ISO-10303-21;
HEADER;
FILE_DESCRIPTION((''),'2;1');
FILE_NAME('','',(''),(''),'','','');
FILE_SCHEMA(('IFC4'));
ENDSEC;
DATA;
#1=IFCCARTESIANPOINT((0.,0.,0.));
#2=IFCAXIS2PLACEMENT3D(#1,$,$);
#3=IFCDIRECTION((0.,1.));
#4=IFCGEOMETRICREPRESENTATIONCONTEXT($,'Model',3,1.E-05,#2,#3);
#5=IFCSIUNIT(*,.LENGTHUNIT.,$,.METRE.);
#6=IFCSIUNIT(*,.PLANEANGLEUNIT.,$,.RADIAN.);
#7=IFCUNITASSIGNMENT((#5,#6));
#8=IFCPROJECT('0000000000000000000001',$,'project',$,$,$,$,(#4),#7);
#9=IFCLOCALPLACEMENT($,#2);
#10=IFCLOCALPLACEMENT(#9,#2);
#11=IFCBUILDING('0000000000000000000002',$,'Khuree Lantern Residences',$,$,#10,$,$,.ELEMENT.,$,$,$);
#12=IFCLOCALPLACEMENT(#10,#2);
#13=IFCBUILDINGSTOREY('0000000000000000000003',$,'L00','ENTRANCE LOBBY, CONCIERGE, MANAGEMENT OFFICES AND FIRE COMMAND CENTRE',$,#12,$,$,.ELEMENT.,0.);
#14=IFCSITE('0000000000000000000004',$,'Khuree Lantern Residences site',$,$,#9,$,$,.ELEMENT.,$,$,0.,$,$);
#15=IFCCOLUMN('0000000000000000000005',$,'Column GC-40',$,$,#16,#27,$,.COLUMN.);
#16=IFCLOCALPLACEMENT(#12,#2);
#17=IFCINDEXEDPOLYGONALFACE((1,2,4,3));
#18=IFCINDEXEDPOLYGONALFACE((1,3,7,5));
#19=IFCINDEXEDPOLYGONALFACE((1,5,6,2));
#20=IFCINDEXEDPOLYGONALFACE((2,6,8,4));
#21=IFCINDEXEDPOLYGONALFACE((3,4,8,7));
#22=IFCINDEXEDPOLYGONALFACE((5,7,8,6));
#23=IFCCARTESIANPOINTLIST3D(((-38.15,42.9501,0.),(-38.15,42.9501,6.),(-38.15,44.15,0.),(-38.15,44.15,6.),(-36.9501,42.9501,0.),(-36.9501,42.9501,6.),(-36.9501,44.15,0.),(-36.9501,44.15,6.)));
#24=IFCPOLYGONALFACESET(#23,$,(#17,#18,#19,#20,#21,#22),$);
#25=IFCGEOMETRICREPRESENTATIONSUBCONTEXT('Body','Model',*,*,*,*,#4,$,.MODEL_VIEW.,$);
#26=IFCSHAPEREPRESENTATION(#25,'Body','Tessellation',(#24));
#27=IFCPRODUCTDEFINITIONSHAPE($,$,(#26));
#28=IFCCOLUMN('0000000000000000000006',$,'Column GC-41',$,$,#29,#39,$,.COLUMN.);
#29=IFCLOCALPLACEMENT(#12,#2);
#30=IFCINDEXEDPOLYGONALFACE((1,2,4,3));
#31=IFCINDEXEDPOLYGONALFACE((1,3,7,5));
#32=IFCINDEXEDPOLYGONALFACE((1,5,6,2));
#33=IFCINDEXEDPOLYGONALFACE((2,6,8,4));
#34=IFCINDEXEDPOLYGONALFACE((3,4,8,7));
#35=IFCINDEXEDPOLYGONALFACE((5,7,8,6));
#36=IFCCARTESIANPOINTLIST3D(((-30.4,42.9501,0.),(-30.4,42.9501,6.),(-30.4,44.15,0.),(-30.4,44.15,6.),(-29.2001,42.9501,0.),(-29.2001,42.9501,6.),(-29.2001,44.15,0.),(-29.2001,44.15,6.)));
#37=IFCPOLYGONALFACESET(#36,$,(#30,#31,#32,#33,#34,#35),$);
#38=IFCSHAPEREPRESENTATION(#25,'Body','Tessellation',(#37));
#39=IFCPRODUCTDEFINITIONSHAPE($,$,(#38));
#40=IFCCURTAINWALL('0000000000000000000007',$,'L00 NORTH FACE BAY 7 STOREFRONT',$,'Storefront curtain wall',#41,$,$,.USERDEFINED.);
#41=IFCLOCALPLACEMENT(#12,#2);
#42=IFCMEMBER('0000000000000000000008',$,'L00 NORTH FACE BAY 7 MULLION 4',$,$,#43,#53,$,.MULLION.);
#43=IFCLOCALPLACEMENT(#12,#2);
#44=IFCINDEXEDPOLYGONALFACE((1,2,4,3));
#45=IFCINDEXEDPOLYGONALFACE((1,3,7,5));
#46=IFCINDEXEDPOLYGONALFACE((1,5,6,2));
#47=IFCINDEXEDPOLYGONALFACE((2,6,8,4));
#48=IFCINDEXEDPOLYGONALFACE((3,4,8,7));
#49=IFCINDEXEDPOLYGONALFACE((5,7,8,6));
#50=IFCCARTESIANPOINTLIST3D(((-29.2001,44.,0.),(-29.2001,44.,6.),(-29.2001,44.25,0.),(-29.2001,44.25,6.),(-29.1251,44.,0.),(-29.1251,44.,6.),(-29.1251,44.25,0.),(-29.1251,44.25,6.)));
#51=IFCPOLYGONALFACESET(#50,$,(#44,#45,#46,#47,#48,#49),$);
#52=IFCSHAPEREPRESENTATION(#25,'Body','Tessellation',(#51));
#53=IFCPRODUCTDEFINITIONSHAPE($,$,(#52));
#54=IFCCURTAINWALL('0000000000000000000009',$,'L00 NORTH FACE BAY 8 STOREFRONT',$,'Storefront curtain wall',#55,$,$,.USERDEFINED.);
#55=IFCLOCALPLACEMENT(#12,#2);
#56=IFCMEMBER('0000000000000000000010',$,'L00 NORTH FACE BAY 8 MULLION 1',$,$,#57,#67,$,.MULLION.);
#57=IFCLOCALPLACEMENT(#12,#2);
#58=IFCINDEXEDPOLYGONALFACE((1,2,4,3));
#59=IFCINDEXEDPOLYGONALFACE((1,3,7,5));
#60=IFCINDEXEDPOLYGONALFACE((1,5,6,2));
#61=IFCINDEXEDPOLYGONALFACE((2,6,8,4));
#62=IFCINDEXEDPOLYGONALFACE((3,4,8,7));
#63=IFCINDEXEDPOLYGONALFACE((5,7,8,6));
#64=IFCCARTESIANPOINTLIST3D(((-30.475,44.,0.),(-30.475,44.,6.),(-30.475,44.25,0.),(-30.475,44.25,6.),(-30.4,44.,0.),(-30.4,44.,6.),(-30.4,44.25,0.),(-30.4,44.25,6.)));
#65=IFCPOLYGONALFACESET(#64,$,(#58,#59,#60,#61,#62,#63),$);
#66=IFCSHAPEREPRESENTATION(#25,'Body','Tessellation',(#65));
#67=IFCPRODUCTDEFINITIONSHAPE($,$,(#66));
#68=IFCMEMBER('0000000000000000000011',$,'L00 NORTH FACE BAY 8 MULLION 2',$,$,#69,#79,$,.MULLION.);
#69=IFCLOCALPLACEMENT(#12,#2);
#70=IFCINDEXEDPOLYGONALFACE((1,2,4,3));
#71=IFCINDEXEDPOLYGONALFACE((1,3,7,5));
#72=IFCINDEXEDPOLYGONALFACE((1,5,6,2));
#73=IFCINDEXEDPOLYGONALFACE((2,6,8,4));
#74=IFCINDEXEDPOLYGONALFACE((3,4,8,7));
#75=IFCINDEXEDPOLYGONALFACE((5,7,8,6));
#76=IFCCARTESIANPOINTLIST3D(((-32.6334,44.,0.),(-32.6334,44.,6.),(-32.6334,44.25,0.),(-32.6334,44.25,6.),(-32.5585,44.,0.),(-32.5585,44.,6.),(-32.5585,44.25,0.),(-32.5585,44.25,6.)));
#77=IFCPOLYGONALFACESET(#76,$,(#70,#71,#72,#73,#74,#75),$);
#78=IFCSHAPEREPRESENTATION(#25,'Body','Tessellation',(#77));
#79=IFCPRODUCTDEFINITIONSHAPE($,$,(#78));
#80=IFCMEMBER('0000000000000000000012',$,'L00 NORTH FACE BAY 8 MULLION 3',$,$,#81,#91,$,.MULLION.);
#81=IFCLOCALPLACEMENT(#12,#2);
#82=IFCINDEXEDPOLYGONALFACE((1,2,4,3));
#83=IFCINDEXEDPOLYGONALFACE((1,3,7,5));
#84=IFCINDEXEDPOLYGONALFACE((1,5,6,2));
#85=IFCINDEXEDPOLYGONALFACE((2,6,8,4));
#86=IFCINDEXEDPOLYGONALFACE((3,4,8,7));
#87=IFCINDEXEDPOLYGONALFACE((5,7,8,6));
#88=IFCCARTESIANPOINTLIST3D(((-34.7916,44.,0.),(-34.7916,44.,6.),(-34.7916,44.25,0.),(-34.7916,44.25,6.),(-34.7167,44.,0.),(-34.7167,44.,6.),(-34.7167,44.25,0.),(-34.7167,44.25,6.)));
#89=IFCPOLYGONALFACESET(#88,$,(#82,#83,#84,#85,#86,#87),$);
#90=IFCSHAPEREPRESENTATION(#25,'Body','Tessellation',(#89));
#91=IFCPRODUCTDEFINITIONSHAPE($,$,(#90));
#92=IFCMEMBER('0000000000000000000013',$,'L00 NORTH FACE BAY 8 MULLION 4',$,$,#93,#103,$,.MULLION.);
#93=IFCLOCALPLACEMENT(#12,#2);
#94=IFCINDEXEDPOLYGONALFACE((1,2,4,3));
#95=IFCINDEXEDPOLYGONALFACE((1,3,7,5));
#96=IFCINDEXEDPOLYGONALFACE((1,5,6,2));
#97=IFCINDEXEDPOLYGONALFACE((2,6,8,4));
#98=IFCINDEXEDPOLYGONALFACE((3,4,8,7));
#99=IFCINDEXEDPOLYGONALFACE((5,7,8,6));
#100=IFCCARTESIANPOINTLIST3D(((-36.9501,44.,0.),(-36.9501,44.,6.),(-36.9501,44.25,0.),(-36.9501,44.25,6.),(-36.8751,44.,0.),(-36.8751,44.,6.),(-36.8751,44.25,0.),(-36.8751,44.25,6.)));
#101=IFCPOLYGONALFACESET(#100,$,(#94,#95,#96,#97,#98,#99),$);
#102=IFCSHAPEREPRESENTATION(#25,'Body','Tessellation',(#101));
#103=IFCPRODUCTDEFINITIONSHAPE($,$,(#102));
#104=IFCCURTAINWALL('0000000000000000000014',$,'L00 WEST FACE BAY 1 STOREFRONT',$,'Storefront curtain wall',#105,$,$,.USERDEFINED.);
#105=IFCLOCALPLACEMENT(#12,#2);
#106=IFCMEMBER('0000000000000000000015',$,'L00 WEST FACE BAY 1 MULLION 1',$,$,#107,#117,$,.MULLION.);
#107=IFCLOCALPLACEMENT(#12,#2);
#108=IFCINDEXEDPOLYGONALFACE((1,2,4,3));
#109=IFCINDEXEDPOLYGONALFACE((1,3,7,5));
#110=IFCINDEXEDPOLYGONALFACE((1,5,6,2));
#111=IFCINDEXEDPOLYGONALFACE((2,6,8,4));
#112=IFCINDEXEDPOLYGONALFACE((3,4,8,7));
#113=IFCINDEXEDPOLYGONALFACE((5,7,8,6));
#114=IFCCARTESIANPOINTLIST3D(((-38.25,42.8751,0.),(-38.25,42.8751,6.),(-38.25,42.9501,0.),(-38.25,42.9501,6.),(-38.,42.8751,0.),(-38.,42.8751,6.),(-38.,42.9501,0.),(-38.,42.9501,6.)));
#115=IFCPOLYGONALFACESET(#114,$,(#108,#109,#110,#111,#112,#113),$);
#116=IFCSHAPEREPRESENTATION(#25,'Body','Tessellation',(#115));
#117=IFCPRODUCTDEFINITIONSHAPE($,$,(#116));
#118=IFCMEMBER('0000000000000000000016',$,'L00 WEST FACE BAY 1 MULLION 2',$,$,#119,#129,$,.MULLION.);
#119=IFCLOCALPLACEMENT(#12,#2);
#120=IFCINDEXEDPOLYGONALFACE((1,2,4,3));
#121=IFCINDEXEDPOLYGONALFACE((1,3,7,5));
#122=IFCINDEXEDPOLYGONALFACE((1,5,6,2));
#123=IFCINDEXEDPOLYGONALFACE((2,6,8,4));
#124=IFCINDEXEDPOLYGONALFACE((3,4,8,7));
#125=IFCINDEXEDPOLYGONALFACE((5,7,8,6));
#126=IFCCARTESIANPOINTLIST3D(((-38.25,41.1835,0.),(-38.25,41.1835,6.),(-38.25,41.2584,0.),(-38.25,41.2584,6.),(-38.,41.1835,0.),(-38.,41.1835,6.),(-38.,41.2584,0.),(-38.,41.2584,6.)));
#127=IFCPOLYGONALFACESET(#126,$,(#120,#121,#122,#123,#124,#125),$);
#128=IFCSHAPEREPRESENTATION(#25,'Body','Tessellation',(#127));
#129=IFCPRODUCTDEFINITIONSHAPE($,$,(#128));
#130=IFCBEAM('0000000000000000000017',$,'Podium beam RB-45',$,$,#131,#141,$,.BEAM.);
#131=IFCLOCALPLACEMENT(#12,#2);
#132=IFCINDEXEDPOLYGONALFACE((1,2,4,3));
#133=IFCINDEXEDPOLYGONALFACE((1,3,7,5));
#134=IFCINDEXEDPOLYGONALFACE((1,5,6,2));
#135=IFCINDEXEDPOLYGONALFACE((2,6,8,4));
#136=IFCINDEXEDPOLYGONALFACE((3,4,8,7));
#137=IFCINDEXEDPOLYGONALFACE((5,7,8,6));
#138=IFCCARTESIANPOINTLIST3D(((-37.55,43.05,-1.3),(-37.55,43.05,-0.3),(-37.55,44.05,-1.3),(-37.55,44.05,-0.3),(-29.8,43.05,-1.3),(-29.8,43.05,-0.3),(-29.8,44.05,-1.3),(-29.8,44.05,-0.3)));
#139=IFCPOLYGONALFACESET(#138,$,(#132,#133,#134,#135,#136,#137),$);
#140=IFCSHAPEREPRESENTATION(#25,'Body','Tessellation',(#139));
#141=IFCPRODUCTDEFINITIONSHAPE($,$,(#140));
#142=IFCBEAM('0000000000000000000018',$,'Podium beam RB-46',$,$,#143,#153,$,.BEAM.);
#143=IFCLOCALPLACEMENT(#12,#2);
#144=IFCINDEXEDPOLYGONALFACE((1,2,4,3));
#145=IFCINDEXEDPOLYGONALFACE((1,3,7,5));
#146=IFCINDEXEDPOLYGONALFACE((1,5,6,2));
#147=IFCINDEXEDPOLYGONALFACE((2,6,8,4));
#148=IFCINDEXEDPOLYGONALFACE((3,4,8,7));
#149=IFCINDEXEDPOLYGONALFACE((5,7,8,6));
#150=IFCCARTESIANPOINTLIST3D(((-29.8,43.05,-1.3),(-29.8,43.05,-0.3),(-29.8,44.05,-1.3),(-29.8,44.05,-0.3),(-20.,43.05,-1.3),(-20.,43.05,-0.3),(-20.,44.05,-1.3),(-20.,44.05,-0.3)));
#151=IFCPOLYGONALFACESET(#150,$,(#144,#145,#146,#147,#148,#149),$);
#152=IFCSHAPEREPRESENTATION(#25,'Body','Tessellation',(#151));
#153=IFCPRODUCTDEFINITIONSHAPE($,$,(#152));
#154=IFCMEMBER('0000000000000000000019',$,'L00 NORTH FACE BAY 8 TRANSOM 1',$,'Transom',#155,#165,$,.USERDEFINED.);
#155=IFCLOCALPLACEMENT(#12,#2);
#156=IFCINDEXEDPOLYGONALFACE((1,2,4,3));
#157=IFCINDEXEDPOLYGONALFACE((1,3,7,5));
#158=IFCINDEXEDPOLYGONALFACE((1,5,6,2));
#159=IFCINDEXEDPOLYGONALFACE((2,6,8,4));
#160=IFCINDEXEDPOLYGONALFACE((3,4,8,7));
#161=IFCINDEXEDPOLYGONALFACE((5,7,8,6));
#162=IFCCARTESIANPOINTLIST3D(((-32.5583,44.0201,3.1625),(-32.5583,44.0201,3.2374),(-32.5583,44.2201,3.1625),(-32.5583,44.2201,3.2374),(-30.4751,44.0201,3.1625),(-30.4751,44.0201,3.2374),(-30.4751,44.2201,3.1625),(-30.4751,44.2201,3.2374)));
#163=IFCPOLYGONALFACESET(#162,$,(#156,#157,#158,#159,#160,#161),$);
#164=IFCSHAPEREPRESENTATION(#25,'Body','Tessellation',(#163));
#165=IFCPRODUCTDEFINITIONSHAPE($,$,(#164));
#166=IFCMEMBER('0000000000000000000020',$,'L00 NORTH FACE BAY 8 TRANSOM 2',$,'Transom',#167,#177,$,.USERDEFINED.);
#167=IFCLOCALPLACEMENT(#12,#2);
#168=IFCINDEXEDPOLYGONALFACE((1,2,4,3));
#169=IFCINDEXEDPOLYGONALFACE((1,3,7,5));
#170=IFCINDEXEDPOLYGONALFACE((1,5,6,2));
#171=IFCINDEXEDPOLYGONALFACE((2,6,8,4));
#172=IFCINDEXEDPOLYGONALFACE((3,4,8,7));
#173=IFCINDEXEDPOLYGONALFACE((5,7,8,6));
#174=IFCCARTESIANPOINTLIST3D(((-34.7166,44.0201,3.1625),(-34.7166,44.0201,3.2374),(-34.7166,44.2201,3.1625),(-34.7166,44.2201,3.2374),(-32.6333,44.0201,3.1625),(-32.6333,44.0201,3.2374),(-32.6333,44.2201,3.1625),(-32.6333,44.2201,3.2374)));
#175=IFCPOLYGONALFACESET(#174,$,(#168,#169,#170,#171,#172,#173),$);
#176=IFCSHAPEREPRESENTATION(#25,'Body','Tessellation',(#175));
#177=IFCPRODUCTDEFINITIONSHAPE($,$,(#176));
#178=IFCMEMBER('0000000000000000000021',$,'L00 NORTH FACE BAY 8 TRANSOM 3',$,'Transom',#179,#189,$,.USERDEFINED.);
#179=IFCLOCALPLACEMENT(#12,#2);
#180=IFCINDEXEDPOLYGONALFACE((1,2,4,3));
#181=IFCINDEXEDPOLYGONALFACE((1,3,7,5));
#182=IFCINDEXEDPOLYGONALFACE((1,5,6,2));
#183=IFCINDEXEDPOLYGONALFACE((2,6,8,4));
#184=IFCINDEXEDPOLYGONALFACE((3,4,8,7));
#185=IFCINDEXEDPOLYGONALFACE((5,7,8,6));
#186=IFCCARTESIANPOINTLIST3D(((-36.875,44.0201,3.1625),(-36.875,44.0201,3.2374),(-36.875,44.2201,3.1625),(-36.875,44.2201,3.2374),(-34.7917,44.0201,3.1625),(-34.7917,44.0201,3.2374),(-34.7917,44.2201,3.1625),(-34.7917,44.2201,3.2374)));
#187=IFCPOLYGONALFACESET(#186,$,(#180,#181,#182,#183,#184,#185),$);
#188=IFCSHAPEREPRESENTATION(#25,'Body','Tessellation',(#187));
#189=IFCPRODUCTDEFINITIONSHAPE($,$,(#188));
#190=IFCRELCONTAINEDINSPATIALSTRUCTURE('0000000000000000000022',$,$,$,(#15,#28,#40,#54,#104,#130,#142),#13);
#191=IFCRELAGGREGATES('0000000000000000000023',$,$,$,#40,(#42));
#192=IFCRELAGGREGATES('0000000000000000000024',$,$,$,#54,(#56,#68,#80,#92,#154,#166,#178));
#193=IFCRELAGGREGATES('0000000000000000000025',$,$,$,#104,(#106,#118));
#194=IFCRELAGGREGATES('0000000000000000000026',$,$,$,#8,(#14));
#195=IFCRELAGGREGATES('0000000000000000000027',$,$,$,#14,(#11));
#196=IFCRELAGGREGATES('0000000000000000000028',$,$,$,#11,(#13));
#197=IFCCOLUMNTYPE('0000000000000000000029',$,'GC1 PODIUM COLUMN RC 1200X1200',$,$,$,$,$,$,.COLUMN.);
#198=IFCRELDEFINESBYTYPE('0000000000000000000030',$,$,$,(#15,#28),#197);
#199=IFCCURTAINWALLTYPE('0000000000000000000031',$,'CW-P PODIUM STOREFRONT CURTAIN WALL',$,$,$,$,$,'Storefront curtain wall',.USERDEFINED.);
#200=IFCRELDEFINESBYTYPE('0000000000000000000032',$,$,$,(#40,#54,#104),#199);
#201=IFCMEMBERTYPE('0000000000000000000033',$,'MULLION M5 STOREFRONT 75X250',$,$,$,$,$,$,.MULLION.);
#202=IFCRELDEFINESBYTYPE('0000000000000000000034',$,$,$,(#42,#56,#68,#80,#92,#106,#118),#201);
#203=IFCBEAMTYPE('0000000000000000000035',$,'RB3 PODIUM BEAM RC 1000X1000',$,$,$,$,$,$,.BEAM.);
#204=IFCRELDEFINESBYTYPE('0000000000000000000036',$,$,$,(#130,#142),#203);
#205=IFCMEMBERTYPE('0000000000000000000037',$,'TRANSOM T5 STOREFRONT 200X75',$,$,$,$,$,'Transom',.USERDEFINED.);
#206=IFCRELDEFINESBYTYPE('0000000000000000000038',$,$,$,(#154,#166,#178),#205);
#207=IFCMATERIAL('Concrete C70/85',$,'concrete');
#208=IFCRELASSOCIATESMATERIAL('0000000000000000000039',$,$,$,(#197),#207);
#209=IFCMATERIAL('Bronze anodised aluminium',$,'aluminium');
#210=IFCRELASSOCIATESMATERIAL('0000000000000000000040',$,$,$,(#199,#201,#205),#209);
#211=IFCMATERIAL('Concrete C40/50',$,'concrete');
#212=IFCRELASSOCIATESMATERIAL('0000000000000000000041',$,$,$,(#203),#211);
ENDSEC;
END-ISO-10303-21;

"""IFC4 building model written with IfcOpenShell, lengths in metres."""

from ifc_helpers import new_model, si_unit, direction, frame, origin, origin_2d, place, context, subcontext, project, spatial, rectangle, extrude, material, material_profile, profile_set, type_object, element, aggregate, save


model = new_model("IFC4")

# Units and contexts
model_context = context("Model", 3, precision=1e-05, world=origin(), true_north=direction((0.0, 1.0)))
body_context = subcontext(model_context, "Body", "Model", "MODEL_VIEW")
ifc_project = project(units=[si_unit("LENGTHUNIT", "METRE"), si_unit("PLANEANGLEUNIT", "RADIAN")], contexts=[model_context])

# Site, building, storey
site_placement = place(None, origin())
site = spatial("IfcSite", under=ifc_project, at=site_placement, Name="Khuree Lantern Residences site", CompositionType="ELEMENT", RefElevation=0.0)
building_placement = place(site_placement, origin())
building = spatial("IfcBuilding", under=site, at=building_placement, Name="Khuree Lantern Residences", CompositionType="ELEMENT")
storey_placement = place(building_placement, origin())
storey = spatial("IfcBuildingStorey", under=building, at=storey_placement, Name="L00", Description="ENTRANCE LOBBY, CONCIERGE, MANAGEMENT OFFICES AND FIRE COMMAND CENTRE", CompositionType="ELEMENT", Elevation=0.0)

# Columns
ifc_material_1 = material(Name="Concrete C70/85", Category="concrete")
ifc_material_profile_1 = material_profile(ifc_material_1, rectangle(XDim=1.2, YDim=1.2, at=origin_2d()), Name="RC 1200X1200")
ifc_profile_set_1 = profile_set([ifc_material_profile_1], Name="Concrete C70/85")
column_type = type_object("IfcColumnType", Name="GC1 PODIUM COLUMN RC 1200X1200", PredefinedType="COLUMN", material=ifc_profile_set_1)
for number, where, z_axis, x_axis, name in (
    (1, (-37.55, 43.55, 0.0), (0.0, 0.0, 1.0), (1.0, 0.0, 0.0), "Column GC-40"),
    (2, (-29.8, 43.55, 0.0), (0.0, 0.0, 1.0), (1.0, 0.0, 0.0), "Column GC-41"),
):
    element("IfcColumn", number, at=place(storey_placement, frame(where, z_axis=z_axis, x_axis=x_axis)), inside=storey, type_object=column_type, Name=name, PredefinedType="COLUMN", context=body_context, shape_type="SweptSolid", body=[
        extrude(rectangle(XDim=1.2, YDim=1.2, at=origin_2d()), origin(), (0.0, 0.0, 1.0), 6.0),
    ])

# Curtain wall, member
ifc_material_2 = material(Name="Bronze anodised aluminium", Category="aluminium")
curtain_wall_type = type_object("IfcCurtainWallType", Name="CW-P PODIUM STOREFRONT CURTAIN WALL", ElementType="Storefront curtain wall", PredefinedType="USERDEFINED", material=ifc_material_2)
curtain_wall_1_placement = place(storey_placement, origin())
curtain_wall_1 = element("IfcCurtainWall", 3, at=curtain_wall_1_placement, inside=storey, type_object=curtain_wall_type, Name="L00 NORTH FACE BAY 7 STOREFRONT", ObjectType="Storefront curtain wall", PredefinedType="USERDEFINED")
ifc_material_profile_2 = material_profile(ifc_material_2, rectangle(XDim=0.075, YDim=0.25, at=origin_2d()), Name="M5 75X250")
ifc_profile_set_2 = profile_set([ifc_material_profile_2], Name="Bronze anodised aluminium")
member_type_1 = type_object("IfcMemberType", Name="MULLION M5 STOREFRONT 75X250", PredefinedType="MULLION", material=ifc_profile_set_2)
member_1_placement = place(storey_placement, frame((-29.1626, 44.125, 0.0), z_axis=(0.0, 0.0, 1.0), x_axis=(-1.0, 0.0, 0.0)))
member_1 = element("IfcMember", 4, at=member_1_placement, type_object=member_type_1, Name="L00 NORTH FACE BAY 7 MULLION 4", PredefinedType="MULLION", context=body_context, shape_type="SweptSolid", body=[
    extrude(rectangle(XDim=0.075, YDim=0.25, at=origin_2d()), origin(), (0.0, 0.0, 1.0), 6.0),
])

# Curtain walls, members
curtain_wall_2_placement = place(storey_placement, origin())
curtain_wall_2 = element("IfcCurtainWall", 5, at=curtain_wall_2_placement, inside=storey, type_object=curtain_wall_type, Name="L00 NORTH FACE BAY 8 STOREFRONT", ObjectType="Storefront curtain wall", PredefinedType="USERDEFINED")
member_2_placement = place(storey_placement, frame((-30.4375, 44.125, 0.0), z_axis=(0.0, 0.0, 1.0), x_axis=(-1.0, 0.0, 0.0)))
member_2 = element("IfcMember", 6, at=member_2_placement, type_object=member_type_1, Name="L00 NORTH FACE BAY 8 MULLION 1", PredefinedType="MULLION", context=body_context, shape_type="SweptSolid", body=[
    extrude(rectangle(XDim=0.075, YDim=0.25, at=origin_2d()), origin(), (0.0, 0.0, 1.0), 6.0),
])
member_3_placement = place(storey_placement, frame((-32.5959, 44.125, 0.0), z_axis=(0.0, 0.0, 1.0), x_axis=(-1.0, 0.0, 0.0)))
member_3 = element("IfcMember", 7, at=member_3_placement, type_object=member_type_1, Name="L00 NORTH FACE BAY 8 MULLION 2", PredefinedType="MULLION", context=body_context, shape_type="SweptSolid", body=[
    extrude(rectangle(XDim=0.075, YDim=0.25, at=origin_2d()), origin(), (0.0, 0.0, 1.0), 6.0),
])
member_4_placement = place(storey_placement, frame((-34.7542, 44.125, 0.0), z_axis=(0.0, 0.0, 1.0), x_axis=(-1.0, 0.0, 0.0)))
member_4 = element("IfcMember", 8, at=member_4_placement, type_object=member_type_1, Name="L00 NORTH FACE BAY 8 MULLION 3", PredefinedType="MULLION", context=body_context, shape_type="SweptSolid", body=[
    extrude(rectangle(XDim=0.075, YDim=0.25, at=origin_2d()), origin(), (0.0, 0.0, 1.0), 6.0),
])
member_5_placement = place(storey_placement, frame((-36.9126, 44.125, 0.0), z_axis=(0.0, 0.0, 1.0), x_axis=(-1.0, 0.0, 0.0)))
member_5 = element("IfcMember", 9, at=member_5_placement, type_object=member_type_1, Name="L00 NORTH FACE BAY 8 MULLION 4", PredefinedType="MULLION", context=body_context, shape_type="SweptSolid", body=[
    extrude(rectangle(XDim=0.075, YDim=0.25, at=origin_2d()), origin(), (0.0, 0.0, 1.0), 6.0),
])
curtain_wall_3_placement = place(storey_placement, origin())
curtain_wall_3 = element("IfcCurtainWall", 10, at=curtain_wall_3_placement, inside=storey, type_object=curtain_wall_type, Name="L00 WEST FACE BAY 1 STOREFRONT", ObjectType="Storefront curtain wall", PredefinedType="USERDEFINED")
member_6_placement = place(storey_placement, frame((-38.125, 42.9126, 0.0), z_axis=(0.0, 0.0, 1.0), x_axis=(0.0, -1.0, 0.0)))
member_6 = element("IfcMember", 11, at=member_6_placement, type_object=member_type_1, Name="L00 WEST FACE BAY 1 MULLION 1", PredefinedType="MULLION", context=body_context, shape_type="SweptSolid", body=[
    extrude(rectangle(XDim=0.075, YDim=0.25, at=origin_2d()), origin(), (0.0, 0.0, 1.0), 6.0),
])
member_7_placement = place(storey_placement, frame((-38.125, 41.2209, 0.0), z_axis=(0.0, 0.0, 1.0), x_axis=(0.0, -1.0, 0.0)))
member_7 = element("IfcMember", 12, at=member_7_placement, type_object=member_type_1, Name="L00 WEST FACE BAY 1 MULLION 2", PredefinedType="MULLION", context=body_context, shape_type="SweptSolid", body=[
    extrude(rectangle(XDim=0.075, YDim=0.25, at=origin_2d()), origin(), (0.0, 0.0, 1.0), 6.0),
])

# Beams
ifc_material_3 = material(Name="Concrete C40/50", Category="concrete")
ifc_material_profile_3 = material_profile(ifc_material_3, rectangle(XDim=1.0, YDim=1.0, at=origin_2d()), Name="RC 1000X1000")
ifc_profile_set_3 = profile_set([ifc_material_profile_3], Name="Concrete C40/50")
beam_type = type_object("IfcBeamType", Name="RB3 PODIUM BEAM RC 1000X1000", PredefinedType="BEAM", material=ifc_profile_set_3)
beam_1_placement = place(storey_placement, frame((-37.55, 43.55, -0.8), z_axis=(1.0, 0.0, 0.0), x_axis=(0.0, 1.0, 0.0)))
element("IfcBeam", 13, at=beam_1_placement, inside=storey, type_object=beam_type, Name="Podium beam RB-45", PredefinedType="BEAM", context=body_context, shape_type="SweptSolid", body=[
    extrude(rectangle(XDim=1.0, YDim=1.0, at=origin_2d()), origin(), (0.0, 0.0, 1.0), 7.75),
])
beam_2_placement = place(storey_placement, frame((-29.8, 43.55, -0.8), z_axis=(1.0, 0.0, 0.0), x_axis=(0.0, 1.0, 0.0)))
element("IfcBeam", 14, at=beam_2_placement, inside=storey, type_object=beam_type, Name="Podium beam RB-46", PredefinedType="BEAM", context=body_context, shape_type="SweptSolid", body=[
    extrude(rectangle(XDim=1.0, YDim=1.0, at=origin_2d()), origin(), (0.0, 0.0, 1.0), 9.8),
])

# Members
ifc_material_profile_4 = material_profile(ifc_material_2, rectangle(XDim=0.2, YDim=0.075, at=origin_2d()), Name="T5 200X75")
ifc_profile_set_4 = profile_set([ifc_material_profile_4], Name="Bronze anodised aluminium")
member_type_2 = type_object("IfcMemberType", Name="TRANSOM T5 STOREFRONT 200X75", ElementType="Transom", PredefinedType="USERDEFINED", material=ifc_profile_set_4)
member_8_placement = place(storey_placement, frame((-30.4751, 44.1201, 3.2), z_axis=(-1.0, 0.0, 0.0), x_axis=(0.0, -1.0, 0.0)))
member_8 = element("IfcMember", 15, at=member_8_placement, type_object=member_type_2, Name="L00 NORTH FACE BAY 8 TRANSOM 1", ObjectType="Transom", PredefinedType="USERDEFINED", context=body_context, shape_type="SweptSolid", body=[
    extrude(rectangle(XDim=0.2, YDim=0.075, at=origin_2d()), origin(), (0.0, 0.0, 1.0), 2.0833),
])
member_9_placement = place(storey_placement, frame((-32.6333, 44.1201, 3.2), z_axis=(-1.0, 0.0, 0.0), x_axis=(0.0, -1.0, 0.0)))
member_9 = element("IfcMember", 16, at=member_9_placement, type_object=member_type_2, Name="L00 NORTH FACE BAY 8 TRANSOM 2", ObjectType="Transom", PredefinedType="USERDEFINED", context=body_context, shape_type="SweptSolid", body=[
    extrude(rectangle(XDim=0.2, YDim=0.075, at=origin_2d()), origin(), (0.0, 0.0, 1.0), 2.0833),
])
member_10_placement = place(storey_placement, frame((-34.7917, 44.1201, 3.2), z_axis=(-1.0, 0.0, 0.0), x_axis=(0.0, -1.0, 0.0)))
member_10 = element("IfcMember", 17, at=member_10_placement, type_object=member_type_2, Name="L00 NORTH FACE BAY 8 TRANSOM 3", ObjectType="Transom", PredefinedType="USERDEFINED", context=body_context, shape_type="SweptSolid", body=[
    extrude(rectangle(XDim=0.2, YDim=0.075, at=origin_2d()), origin(), (0.0, 0.0, 1.0), 2.0833),
])

aggregate(curtain_wall_1, [member_1])
aggregate(curtain_wall_2, [member_2, member_3, member_4, member_5, member_8, member_9, member_10])
aggregate(curtain_wall_3, [member_6, member_7])

save(model, "model.ifc")
